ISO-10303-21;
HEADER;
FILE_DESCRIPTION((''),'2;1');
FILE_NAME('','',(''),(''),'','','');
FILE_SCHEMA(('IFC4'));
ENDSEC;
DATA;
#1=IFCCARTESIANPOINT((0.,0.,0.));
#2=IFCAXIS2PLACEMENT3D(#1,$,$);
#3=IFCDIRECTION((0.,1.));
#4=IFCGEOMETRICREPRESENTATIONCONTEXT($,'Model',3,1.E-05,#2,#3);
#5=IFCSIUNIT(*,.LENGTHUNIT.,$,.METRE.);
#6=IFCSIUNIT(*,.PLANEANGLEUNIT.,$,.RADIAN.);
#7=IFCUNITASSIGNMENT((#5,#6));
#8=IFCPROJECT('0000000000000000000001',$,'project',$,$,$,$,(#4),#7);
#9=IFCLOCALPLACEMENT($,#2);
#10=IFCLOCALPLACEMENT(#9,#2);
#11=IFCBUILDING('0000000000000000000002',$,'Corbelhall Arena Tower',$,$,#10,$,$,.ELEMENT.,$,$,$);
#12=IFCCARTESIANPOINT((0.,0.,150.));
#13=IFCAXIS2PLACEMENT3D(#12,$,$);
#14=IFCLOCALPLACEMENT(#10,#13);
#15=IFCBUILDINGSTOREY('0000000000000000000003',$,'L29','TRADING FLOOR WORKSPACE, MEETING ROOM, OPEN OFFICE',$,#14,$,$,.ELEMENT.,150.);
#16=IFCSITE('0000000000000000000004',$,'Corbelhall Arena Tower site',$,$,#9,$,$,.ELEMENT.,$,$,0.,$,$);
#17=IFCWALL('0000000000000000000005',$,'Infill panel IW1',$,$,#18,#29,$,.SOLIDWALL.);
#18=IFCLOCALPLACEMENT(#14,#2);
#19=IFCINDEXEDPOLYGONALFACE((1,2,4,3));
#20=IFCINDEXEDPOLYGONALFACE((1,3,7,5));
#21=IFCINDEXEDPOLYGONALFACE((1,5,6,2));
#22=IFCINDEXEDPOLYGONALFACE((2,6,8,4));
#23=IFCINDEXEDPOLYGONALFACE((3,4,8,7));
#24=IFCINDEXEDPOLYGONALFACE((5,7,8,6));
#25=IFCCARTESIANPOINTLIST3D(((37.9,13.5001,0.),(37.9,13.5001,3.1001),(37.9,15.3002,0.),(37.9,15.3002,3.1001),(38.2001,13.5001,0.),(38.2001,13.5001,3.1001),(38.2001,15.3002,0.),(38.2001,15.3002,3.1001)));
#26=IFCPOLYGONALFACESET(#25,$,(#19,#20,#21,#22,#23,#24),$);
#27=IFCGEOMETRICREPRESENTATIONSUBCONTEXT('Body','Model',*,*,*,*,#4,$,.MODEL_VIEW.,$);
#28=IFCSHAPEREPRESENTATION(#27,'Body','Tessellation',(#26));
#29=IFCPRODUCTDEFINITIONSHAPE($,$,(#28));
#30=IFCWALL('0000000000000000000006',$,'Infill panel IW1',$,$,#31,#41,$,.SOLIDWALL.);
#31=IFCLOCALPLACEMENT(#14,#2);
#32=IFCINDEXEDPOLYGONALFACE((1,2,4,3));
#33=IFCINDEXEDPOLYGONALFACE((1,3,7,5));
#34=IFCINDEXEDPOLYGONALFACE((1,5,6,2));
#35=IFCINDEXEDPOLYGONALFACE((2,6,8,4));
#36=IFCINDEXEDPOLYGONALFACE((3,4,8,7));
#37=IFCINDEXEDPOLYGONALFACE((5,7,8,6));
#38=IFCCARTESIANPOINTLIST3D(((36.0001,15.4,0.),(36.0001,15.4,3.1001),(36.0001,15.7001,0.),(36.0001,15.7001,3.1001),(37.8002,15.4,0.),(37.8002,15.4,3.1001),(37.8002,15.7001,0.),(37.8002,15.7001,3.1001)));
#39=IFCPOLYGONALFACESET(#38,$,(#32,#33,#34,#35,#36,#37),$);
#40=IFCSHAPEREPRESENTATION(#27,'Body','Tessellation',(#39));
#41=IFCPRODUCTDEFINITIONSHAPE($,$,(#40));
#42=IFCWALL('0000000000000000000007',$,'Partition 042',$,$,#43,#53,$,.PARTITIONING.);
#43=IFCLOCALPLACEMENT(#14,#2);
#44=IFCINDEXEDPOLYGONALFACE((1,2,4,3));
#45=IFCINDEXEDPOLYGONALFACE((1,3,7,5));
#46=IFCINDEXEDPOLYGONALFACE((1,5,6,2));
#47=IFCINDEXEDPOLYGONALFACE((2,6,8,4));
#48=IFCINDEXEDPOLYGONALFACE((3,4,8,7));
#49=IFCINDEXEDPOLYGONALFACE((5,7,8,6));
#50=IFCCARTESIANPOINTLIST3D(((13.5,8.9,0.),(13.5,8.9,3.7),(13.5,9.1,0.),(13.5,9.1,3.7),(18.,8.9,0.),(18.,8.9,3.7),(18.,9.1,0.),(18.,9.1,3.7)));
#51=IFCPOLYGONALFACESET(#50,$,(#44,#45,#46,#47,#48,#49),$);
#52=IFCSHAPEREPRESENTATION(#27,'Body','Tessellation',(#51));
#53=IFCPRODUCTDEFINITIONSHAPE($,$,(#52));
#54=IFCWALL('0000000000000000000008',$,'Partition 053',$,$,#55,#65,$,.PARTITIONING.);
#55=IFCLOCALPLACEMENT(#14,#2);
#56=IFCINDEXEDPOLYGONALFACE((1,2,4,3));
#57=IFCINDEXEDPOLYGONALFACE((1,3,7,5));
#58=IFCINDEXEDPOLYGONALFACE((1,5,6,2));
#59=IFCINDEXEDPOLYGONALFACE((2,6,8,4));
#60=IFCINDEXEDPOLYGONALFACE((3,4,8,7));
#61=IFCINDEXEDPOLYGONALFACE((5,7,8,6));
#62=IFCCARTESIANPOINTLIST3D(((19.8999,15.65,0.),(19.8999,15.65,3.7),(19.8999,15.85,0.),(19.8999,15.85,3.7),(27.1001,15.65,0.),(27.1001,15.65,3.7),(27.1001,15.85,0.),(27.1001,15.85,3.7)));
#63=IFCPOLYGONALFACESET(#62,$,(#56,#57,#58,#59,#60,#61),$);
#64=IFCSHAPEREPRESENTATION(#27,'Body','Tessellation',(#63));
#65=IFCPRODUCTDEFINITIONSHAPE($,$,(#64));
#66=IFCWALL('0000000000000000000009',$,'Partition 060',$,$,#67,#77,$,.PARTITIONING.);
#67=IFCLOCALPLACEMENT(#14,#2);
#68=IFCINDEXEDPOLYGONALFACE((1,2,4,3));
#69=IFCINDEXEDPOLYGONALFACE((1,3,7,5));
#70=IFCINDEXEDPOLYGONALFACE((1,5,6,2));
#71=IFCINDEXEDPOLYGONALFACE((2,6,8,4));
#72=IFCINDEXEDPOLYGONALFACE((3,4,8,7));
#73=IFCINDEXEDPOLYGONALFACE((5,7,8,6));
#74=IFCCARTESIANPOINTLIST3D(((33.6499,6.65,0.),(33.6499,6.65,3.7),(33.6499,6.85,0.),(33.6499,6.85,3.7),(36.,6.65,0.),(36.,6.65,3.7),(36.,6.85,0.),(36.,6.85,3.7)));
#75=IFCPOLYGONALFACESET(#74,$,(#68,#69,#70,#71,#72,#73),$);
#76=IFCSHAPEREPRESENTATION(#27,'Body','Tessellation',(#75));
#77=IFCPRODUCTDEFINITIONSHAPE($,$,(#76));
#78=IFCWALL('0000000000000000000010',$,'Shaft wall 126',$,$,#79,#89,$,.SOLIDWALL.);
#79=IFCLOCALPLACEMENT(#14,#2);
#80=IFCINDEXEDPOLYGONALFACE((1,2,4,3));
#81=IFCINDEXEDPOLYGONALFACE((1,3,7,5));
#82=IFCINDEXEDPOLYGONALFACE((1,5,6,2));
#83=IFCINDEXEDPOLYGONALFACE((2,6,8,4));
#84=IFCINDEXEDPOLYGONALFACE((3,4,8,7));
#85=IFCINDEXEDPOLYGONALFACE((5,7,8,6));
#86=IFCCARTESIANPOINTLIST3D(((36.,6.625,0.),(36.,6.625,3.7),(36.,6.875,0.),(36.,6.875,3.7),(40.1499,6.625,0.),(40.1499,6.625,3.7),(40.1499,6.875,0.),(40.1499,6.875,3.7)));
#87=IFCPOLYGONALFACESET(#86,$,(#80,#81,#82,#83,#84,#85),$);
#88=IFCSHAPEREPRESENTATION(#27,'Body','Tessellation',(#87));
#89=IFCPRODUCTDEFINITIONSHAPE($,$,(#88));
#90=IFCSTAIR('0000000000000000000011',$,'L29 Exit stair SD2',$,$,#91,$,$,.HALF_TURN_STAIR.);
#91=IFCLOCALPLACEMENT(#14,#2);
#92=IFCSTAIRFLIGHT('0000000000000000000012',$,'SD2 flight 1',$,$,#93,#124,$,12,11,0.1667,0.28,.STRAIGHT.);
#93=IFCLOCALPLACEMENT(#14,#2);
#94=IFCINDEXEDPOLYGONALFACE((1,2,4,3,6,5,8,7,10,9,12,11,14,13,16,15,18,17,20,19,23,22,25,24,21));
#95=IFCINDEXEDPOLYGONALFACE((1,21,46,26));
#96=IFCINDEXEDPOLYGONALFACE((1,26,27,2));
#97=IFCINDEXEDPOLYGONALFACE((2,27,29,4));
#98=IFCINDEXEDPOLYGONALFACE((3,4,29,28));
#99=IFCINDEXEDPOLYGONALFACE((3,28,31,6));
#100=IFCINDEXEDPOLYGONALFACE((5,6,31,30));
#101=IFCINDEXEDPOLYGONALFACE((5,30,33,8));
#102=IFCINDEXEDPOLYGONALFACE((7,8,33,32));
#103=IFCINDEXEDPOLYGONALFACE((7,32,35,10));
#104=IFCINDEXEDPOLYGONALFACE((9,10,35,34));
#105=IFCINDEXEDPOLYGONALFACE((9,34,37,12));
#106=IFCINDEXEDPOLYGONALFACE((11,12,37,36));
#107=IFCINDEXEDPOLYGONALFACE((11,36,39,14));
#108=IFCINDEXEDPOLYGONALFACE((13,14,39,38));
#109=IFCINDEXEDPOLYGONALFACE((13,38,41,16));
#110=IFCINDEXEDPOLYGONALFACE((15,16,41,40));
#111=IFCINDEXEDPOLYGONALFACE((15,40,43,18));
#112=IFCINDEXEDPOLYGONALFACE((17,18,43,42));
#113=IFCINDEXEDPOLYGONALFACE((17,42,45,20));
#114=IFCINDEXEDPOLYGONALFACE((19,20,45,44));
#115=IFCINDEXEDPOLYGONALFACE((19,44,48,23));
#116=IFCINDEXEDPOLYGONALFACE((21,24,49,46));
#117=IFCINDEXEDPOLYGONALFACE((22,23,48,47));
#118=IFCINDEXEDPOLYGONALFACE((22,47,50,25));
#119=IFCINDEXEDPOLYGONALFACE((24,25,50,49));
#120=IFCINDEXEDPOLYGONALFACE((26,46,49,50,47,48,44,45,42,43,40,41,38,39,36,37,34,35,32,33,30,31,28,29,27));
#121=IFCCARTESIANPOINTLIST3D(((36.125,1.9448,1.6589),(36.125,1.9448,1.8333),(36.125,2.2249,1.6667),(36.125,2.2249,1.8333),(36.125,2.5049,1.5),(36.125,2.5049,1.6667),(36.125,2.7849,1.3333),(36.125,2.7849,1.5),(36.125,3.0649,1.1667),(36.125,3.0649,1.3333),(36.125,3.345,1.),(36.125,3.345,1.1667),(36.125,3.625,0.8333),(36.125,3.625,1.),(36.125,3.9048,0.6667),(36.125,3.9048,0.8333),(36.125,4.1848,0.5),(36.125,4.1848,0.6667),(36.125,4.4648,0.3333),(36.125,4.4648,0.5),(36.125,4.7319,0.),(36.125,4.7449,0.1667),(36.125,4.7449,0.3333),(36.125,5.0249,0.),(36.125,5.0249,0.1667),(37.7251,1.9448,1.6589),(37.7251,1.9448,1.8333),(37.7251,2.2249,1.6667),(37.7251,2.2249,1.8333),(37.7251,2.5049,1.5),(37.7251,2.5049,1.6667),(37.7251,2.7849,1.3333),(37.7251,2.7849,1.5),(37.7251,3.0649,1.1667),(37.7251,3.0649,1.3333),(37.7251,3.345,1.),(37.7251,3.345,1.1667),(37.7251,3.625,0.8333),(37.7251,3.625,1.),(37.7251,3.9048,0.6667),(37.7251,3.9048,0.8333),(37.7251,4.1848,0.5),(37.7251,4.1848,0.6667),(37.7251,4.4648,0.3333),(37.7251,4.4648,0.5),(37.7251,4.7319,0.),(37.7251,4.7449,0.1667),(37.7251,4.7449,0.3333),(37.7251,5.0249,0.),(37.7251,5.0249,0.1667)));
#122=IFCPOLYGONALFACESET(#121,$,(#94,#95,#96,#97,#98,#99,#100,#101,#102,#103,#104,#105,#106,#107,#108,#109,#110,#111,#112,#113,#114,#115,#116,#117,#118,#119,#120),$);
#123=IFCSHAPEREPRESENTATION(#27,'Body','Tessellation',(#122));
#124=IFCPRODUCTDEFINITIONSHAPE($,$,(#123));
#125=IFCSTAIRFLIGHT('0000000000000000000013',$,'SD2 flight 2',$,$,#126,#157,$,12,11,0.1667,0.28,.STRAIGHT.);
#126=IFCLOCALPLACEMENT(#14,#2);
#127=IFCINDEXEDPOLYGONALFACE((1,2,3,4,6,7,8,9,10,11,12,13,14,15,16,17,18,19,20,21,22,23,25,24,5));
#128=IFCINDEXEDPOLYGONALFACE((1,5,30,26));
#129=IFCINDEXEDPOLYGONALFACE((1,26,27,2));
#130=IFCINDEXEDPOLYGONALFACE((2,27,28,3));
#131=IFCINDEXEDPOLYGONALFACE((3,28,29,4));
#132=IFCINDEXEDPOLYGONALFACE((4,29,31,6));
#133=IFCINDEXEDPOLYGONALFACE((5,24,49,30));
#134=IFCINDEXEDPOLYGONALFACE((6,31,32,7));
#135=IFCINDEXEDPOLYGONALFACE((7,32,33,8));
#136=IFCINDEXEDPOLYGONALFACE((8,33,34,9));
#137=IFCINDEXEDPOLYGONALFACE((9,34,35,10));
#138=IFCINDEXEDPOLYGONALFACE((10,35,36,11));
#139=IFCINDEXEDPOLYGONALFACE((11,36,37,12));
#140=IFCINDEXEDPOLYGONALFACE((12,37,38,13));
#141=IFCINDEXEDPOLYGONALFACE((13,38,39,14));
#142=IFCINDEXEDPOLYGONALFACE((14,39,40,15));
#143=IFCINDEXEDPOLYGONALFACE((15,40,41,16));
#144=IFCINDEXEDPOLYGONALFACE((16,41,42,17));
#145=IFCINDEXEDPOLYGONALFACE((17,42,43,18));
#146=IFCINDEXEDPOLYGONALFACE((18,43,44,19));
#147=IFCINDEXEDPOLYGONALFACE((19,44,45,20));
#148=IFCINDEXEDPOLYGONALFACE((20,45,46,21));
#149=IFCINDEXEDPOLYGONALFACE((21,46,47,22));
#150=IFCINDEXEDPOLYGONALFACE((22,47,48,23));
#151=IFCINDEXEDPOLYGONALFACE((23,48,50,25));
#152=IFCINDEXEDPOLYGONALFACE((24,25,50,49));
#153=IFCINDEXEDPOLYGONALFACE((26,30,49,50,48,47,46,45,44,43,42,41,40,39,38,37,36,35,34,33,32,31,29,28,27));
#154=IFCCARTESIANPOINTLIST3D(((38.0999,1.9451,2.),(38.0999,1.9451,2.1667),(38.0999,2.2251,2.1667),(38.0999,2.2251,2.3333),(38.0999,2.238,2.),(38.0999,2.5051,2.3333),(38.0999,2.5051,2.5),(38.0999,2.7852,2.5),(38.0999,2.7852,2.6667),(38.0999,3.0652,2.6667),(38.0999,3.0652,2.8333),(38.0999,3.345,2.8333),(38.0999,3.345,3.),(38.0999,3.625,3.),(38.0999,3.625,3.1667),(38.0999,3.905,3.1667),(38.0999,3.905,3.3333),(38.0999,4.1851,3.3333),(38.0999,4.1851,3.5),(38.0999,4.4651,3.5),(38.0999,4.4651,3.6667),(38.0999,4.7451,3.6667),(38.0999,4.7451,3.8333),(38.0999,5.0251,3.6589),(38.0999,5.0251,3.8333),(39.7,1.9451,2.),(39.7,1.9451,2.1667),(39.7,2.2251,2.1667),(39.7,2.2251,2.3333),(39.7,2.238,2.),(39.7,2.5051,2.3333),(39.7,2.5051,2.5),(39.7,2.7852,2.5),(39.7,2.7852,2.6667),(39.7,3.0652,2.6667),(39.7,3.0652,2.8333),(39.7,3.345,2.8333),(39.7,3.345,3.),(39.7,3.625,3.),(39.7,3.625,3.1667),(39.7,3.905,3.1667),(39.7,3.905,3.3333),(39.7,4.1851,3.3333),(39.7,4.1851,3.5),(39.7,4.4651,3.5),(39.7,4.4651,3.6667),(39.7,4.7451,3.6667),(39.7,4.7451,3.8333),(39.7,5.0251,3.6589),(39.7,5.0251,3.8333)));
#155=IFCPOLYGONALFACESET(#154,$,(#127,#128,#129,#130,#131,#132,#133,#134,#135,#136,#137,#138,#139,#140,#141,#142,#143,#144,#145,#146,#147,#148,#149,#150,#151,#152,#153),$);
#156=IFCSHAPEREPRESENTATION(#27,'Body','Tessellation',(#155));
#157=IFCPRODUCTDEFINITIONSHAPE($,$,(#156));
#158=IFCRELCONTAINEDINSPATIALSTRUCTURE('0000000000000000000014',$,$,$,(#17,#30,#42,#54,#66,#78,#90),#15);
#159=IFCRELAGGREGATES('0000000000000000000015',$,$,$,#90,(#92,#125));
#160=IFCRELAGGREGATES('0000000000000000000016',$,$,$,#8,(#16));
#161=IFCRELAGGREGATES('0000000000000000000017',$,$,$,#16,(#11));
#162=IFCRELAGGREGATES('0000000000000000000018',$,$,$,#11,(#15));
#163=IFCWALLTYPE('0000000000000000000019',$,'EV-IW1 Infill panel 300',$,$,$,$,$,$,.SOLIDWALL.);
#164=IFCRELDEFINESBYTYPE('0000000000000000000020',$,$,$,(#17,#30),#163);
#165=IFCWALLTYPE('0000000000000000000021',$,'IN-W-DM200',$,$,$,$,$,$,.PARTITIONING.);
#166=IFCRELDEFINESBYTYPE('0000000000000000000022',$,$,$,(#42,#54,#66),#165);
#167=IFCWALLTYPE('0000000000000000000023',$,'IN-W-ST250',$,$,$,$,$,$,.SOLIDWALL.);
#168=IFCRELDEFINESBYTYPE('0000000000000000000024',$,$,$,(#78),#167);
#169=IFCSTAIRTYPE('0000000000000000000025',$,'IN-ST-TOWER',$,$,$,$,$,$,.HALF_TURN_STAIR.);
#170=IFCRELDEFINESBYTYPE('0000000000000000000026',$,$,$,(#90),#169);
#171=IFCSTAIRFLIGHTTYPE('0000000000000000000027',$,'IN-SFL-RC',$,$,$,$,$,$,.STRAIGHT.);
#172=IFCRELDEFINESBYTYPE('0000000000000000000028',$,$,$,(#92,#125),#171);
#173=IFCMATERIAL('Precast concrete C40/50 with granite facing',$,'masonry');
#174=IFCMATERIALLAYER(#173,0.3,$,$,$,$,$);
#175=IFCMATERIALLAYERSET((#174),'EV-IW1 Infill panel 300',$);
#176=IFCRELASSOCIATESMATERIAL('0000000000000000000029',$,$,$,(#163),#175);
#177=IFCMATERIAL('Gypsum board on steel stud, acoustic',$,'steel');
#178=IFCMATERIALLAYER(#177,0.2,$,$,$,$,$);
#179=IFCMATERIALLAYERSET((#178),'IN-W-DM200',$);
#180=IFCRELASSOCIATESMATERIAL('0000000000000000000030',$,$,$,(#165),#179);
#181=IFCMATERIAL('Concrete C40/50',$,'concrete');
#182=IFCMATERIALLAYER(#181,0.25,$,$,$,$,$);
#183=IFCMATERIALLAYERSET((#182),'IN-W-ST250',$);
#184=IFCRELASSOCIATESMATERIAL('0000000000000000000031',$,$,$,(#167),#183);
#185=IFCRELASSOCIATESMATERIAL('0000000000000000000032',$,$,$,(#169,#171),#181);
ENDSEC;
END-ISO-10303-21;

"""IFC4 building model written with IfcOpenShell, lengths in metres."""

from ifc_helpers import new_model, si_unit, direction, frame, frame_2d, origin, place, context, subcontext, project, spatial, polyline, rectangle, outline, extrude, material, layer, layer_set, type_object, element, aggregate, save


model = new_model("IFC4")

# Units and contexts
model_context = context("Model", 3, precision=1e-05, world=origin(), true_north=direction((0.0, 1.0)))
body_context = subcontext(model_context, "Body", "Model", "MODEL_VIEW")
ifc_project = project(units=[si_unit("LENGTHUNIT", "METRE"), si_unit("PLANEANGLEUNIT", "RADIAN")], contexts=[model_context])

# Site, building, storey
site_placement = place(None, origin())
site = spatial("IfcSite", under=ifc_project, at=site_placement, Name="Corbelhall Arena Tower site", CompositionType="ELEMENT", RefElevation=0.0)
building_placement = place(site_placement, origin())
building = spatial("IfcBuilding", under=site, at=building_placement, Name="Corbelhall Arena Tower", CompositionType="ELEMENT")
storey_placement = place(building_placement, frame((0.0, 0.0, 150.0)))
storey = spatial("IfcBuildingStorey", under=building, at=storey_placement, Name="L29", Description="TRADING FLOOR WORKSPACE, MEETING ROOM, OPEN OFFICE", CompositionType="ELEMENT", Elevation=150.0)

# Walls
ifc_material_1 = material(Name="Precast concrete C40/50 with granite facing", Category="masonry")
ifc_layer_1 = layer(ifc_material_1, 0.3)
ifc_layer_set_1 = layer_set([ifc_layer_1], Name="EV-IW1 Infill panel 300")
wall_type_1 = type_object("IfcWallType", Name="EV-IW1 Infill panel 300", PredefinedType="SOLIDWALL", material=ifc_layer_set_1)
for number, where, z_axis, x_axis, name in (
    (1, (38.05, 15.3, 0.0), (0.0, 0.0, 1.0), (0.0, -1.0, 0.0), "Infill panel IW1"),
    (2, (37.8, 15.55, 0.0), (0.0, 0.0, 1.0), (-1.0, 0.0, 0.0), "Infill panel IW1"),
):
    element("IfcWall", number, at=place(storey_placement, frame(where, z_axis=z_axis, x_axis=x_axis)), inside=storey, type_object=wall_type_1, Name=name, PredefinedType="SOLIDWALL", context=body_context, shape_type="SweptSolid", body=[
        extrude(rectangle(XDim=1.8, YDim=0.3, at=frame_2d((0.8999, 0.0))), origin(), (0.0, 0.0, 1.0), 3.1001),
    ])

# Wall
ifc_material_2 = material(Name="Gypsum board on steel stud, acoustic", Category="steel")
ifc_layer_2 = layer(ifc_material_2, 0.2)
ifc_layer_set_2 = layer_set([ifc_layer_2], Name="IN-W-DM200")
wall_type_2 = type_object("IfcWallType", Name="IN-W-DM200", PredefinedType="PARTITIONING", material=ifc_layer_set_2)
wall_1_placement = place(storey_placement, frame((18.0, 9.0, 0.0), z_axis=(0.0, 0.0, 1.0), x_axis=(-1.0, 0.0, 0.0)))
element("IfcWall", 3, at=wall_1_placement, inside=storey, type_object=wall_type_2, Name="Partition 042", PredefinedType="PARTITIONING", context=body_context, shape_type="SweptSolid", body=[
    extrude(rectangle(XDim=4.5, YDim=0.2, at=frame_2d((2.25, 0.0))), origin(), (0.0, 0.0, 1.0), 3.7),
])

# Wall
wall_2_placement = place(storey_placement, frame((19.8999, 15.75, 0.0), z_axis=(0.0, 0.0, 1.0), x_axis=(1.0, 0.0, 0.0)))
element("IfcWall", 4, at=wall_2_placement, inside=storey, type_object=wall_type_2, Name="Partition 053", PredefinedType="PARTITIONING", context=body_context, shape_type="SweptSolid", body=[
    extrude(rectangle(XDim=7.2002, YDim=0.2, at=frame_2d((3.6001, 0.0))), origin(), (0.0, 0.0, 1.0), 3.7),
])

# Walls
wall_3_placement = place(storey_placement, frame((33.6499, 6.75, 0.0), z_axis=(0.0, 0.0, 1.0), x_axis=(1.0, 0.0, 0.0)))
element("IfcWall", 5, at=wall_3_placement, inside=storey, type_object=wall_type_2, Name="Partition 060", PredefinedType="PARTITIONING", context=body_context, shape_type="SweptSolid", body=[
    extrude(rectangle(XDim=2.3501, YDim=0.2, at=frame_2d((1.175, 0.0))), origin(), (0.0, 0.0, 1.0), 3.7),
])
ifc_material_3 = material(Name="Concrete C40/50", Category="concrete")
ifc_layer_3 = layer(ifc_material_3, 0.25)
ifc_layer_set_3 = layer_set([ifc_layer_3], Name="IN-W-ST250")
wall_type_3 = type_object("IfcWallType", Name="IN-W-ST250", PredefinedType="SOLIDWALL", material=ifc_layer_set_3)
wall_4_placement = place(storey_placement, frame((36.0, 6.75, 0.0), z_axis=(0.0, 0.0, 1.0), x_axis=(1.0, 0.0, 0.0)))
element("IfcWall", 6, at=wall_4_placement, inside=storey, type_object=wall_type_3, Name="Shaft wall 126", PredefinedType="SOLIDWALL", context=body_context, shape_type="SweptSolid", body=[
    extrude(rectangle(XDim=4.1499, YDim=0.25, at=frame_2d((2.075, 0.0))), origin(), (0.0, 0.0, 1.0), 3.7),
])

# Stair, stair flights
stair_type = type_object("IfcStairType", Name="IN-ST-TOWER", PredefinedType="HALF_TURN_STAIR", material=ifc_material_3)
stair_placement = place(storey_placement, origin())
stair = element("IfcStair", 7, at=stair_placement, inside=storey, type_object=stair_type, Name="L29 Exit stair SD2", PredefinedType="HALF_TURN_STAIR")
stair_flight_type = type_object("IfcStairFlightType", Name="IN-SFL-RC", PredefinedType="STRAIGHT", material=ifc_material_3)
stair_flight_1_placement = place(storey_placement, frame((36.925, 5.0249, 0.0), z_axis=(0.0, 0.0, 1.0), x_axis=(0.0, -1.0, 0.0)))
stair_flight_1 = element("IfcStairFlight", 8, at=stair_flight_1_placement, type_object=stair_flight_type, Name="SD2 flight 1", NumberOfRisers=12, NumberOfTreads=11, PredefinedType="STRAIGHT", RiserHeight=0.1667, TreadLength=0.28, context=body_context, shape_type="SweptSolid", body=[
    extrude(outline(polyline([(0.0, 0.0), (0.0, 0.1667), (0.28, 0.1667), (0.28, 0.3333), (0.5601, 0.3333), (0.5601, 0.5), (0.8401, 0.5), (0.8401, 0.6667), (1.1201, 0.6667), (1.1201, 0.8333), (1.3999, 0.8333), (1.3999, 1.0), (1.6799, 1.0), (1.6799, 1.1667), (1.96, 1.1667), (1.96, 1.3333), (2.24, 1.3333), (2.24, 1.5), (2.52, 1.5), (2.52, 1.6667), (2.8, 1.6667), (2.8, 1.8333), (3.0801, 1.8333), (3.0801, 2.0), (3.0801, 1.6589), (0.293, 0.0), (0.0, 0.0)])), frame((0.0, 0.8, 0.0), z_axis=(0.0, -1.0, 0.0), x_axis=(1.0, 0.0, 0.0)), (0.0, 0.0, 1.0), 1.6001),
])
stair_flight_2_placement = place(storey_placement, frame((38.8999, 1.9451, 2.0), z_axis=(0.0, 0.0, 1.0), x_axis=(0.0, 1.0, 0.0)))
stair_flight_2 = element("IfcStairFlight", 9, at=stair_flight_2_placement, type_object=stair_flight_type, Name="SD2 flight 2", NumberOfRisers=12, NumberOfTreads=11, PredefinedType="STRAIGHT", RiserHeight=0.1667, TreadLength=0.28, context=body_context, shape_type="SweptSolid", body=[
    extrude(outline(polyline([(0.0, 0.0), (0.0, 0.1667), (0.28, 0.1667), (0.28, 0.3333), (0.5601, 0.3333), (0.5601, 0.5), (0.8401, 0.5), (0.8401, 0.6667), (1.1201, 0.6667), (1.1201, 0.8333), (1.3999, 0.8333), (1.3999, 1.0), (1.6799, 1.0), (1.6799, 1.1667), (1.96, 1.1667), (1.96, 1.3333), (2.24, 1.3333), (2.24, 1.5), (2.52, 1.5), (2.52, 1.6667), (2.8, 1.6667), (2.8, 1.8333), (3.0801, 1.8333), (3.0801, 2.0), (3.0801, 1.6589), (0.293, 0.0), (0.0, 0.0)])), frame((0.0, 0.8, 0.0), z_axis=(0.0, -1.0, 0.0), x_axis=(1.0, 0.0, 0.0)), (0.0, 0.0, 1.0), 1.6001),
])
aggregate(stair, [stair_flight_1, stair_flight_2])

save(model, "model.ifc")
